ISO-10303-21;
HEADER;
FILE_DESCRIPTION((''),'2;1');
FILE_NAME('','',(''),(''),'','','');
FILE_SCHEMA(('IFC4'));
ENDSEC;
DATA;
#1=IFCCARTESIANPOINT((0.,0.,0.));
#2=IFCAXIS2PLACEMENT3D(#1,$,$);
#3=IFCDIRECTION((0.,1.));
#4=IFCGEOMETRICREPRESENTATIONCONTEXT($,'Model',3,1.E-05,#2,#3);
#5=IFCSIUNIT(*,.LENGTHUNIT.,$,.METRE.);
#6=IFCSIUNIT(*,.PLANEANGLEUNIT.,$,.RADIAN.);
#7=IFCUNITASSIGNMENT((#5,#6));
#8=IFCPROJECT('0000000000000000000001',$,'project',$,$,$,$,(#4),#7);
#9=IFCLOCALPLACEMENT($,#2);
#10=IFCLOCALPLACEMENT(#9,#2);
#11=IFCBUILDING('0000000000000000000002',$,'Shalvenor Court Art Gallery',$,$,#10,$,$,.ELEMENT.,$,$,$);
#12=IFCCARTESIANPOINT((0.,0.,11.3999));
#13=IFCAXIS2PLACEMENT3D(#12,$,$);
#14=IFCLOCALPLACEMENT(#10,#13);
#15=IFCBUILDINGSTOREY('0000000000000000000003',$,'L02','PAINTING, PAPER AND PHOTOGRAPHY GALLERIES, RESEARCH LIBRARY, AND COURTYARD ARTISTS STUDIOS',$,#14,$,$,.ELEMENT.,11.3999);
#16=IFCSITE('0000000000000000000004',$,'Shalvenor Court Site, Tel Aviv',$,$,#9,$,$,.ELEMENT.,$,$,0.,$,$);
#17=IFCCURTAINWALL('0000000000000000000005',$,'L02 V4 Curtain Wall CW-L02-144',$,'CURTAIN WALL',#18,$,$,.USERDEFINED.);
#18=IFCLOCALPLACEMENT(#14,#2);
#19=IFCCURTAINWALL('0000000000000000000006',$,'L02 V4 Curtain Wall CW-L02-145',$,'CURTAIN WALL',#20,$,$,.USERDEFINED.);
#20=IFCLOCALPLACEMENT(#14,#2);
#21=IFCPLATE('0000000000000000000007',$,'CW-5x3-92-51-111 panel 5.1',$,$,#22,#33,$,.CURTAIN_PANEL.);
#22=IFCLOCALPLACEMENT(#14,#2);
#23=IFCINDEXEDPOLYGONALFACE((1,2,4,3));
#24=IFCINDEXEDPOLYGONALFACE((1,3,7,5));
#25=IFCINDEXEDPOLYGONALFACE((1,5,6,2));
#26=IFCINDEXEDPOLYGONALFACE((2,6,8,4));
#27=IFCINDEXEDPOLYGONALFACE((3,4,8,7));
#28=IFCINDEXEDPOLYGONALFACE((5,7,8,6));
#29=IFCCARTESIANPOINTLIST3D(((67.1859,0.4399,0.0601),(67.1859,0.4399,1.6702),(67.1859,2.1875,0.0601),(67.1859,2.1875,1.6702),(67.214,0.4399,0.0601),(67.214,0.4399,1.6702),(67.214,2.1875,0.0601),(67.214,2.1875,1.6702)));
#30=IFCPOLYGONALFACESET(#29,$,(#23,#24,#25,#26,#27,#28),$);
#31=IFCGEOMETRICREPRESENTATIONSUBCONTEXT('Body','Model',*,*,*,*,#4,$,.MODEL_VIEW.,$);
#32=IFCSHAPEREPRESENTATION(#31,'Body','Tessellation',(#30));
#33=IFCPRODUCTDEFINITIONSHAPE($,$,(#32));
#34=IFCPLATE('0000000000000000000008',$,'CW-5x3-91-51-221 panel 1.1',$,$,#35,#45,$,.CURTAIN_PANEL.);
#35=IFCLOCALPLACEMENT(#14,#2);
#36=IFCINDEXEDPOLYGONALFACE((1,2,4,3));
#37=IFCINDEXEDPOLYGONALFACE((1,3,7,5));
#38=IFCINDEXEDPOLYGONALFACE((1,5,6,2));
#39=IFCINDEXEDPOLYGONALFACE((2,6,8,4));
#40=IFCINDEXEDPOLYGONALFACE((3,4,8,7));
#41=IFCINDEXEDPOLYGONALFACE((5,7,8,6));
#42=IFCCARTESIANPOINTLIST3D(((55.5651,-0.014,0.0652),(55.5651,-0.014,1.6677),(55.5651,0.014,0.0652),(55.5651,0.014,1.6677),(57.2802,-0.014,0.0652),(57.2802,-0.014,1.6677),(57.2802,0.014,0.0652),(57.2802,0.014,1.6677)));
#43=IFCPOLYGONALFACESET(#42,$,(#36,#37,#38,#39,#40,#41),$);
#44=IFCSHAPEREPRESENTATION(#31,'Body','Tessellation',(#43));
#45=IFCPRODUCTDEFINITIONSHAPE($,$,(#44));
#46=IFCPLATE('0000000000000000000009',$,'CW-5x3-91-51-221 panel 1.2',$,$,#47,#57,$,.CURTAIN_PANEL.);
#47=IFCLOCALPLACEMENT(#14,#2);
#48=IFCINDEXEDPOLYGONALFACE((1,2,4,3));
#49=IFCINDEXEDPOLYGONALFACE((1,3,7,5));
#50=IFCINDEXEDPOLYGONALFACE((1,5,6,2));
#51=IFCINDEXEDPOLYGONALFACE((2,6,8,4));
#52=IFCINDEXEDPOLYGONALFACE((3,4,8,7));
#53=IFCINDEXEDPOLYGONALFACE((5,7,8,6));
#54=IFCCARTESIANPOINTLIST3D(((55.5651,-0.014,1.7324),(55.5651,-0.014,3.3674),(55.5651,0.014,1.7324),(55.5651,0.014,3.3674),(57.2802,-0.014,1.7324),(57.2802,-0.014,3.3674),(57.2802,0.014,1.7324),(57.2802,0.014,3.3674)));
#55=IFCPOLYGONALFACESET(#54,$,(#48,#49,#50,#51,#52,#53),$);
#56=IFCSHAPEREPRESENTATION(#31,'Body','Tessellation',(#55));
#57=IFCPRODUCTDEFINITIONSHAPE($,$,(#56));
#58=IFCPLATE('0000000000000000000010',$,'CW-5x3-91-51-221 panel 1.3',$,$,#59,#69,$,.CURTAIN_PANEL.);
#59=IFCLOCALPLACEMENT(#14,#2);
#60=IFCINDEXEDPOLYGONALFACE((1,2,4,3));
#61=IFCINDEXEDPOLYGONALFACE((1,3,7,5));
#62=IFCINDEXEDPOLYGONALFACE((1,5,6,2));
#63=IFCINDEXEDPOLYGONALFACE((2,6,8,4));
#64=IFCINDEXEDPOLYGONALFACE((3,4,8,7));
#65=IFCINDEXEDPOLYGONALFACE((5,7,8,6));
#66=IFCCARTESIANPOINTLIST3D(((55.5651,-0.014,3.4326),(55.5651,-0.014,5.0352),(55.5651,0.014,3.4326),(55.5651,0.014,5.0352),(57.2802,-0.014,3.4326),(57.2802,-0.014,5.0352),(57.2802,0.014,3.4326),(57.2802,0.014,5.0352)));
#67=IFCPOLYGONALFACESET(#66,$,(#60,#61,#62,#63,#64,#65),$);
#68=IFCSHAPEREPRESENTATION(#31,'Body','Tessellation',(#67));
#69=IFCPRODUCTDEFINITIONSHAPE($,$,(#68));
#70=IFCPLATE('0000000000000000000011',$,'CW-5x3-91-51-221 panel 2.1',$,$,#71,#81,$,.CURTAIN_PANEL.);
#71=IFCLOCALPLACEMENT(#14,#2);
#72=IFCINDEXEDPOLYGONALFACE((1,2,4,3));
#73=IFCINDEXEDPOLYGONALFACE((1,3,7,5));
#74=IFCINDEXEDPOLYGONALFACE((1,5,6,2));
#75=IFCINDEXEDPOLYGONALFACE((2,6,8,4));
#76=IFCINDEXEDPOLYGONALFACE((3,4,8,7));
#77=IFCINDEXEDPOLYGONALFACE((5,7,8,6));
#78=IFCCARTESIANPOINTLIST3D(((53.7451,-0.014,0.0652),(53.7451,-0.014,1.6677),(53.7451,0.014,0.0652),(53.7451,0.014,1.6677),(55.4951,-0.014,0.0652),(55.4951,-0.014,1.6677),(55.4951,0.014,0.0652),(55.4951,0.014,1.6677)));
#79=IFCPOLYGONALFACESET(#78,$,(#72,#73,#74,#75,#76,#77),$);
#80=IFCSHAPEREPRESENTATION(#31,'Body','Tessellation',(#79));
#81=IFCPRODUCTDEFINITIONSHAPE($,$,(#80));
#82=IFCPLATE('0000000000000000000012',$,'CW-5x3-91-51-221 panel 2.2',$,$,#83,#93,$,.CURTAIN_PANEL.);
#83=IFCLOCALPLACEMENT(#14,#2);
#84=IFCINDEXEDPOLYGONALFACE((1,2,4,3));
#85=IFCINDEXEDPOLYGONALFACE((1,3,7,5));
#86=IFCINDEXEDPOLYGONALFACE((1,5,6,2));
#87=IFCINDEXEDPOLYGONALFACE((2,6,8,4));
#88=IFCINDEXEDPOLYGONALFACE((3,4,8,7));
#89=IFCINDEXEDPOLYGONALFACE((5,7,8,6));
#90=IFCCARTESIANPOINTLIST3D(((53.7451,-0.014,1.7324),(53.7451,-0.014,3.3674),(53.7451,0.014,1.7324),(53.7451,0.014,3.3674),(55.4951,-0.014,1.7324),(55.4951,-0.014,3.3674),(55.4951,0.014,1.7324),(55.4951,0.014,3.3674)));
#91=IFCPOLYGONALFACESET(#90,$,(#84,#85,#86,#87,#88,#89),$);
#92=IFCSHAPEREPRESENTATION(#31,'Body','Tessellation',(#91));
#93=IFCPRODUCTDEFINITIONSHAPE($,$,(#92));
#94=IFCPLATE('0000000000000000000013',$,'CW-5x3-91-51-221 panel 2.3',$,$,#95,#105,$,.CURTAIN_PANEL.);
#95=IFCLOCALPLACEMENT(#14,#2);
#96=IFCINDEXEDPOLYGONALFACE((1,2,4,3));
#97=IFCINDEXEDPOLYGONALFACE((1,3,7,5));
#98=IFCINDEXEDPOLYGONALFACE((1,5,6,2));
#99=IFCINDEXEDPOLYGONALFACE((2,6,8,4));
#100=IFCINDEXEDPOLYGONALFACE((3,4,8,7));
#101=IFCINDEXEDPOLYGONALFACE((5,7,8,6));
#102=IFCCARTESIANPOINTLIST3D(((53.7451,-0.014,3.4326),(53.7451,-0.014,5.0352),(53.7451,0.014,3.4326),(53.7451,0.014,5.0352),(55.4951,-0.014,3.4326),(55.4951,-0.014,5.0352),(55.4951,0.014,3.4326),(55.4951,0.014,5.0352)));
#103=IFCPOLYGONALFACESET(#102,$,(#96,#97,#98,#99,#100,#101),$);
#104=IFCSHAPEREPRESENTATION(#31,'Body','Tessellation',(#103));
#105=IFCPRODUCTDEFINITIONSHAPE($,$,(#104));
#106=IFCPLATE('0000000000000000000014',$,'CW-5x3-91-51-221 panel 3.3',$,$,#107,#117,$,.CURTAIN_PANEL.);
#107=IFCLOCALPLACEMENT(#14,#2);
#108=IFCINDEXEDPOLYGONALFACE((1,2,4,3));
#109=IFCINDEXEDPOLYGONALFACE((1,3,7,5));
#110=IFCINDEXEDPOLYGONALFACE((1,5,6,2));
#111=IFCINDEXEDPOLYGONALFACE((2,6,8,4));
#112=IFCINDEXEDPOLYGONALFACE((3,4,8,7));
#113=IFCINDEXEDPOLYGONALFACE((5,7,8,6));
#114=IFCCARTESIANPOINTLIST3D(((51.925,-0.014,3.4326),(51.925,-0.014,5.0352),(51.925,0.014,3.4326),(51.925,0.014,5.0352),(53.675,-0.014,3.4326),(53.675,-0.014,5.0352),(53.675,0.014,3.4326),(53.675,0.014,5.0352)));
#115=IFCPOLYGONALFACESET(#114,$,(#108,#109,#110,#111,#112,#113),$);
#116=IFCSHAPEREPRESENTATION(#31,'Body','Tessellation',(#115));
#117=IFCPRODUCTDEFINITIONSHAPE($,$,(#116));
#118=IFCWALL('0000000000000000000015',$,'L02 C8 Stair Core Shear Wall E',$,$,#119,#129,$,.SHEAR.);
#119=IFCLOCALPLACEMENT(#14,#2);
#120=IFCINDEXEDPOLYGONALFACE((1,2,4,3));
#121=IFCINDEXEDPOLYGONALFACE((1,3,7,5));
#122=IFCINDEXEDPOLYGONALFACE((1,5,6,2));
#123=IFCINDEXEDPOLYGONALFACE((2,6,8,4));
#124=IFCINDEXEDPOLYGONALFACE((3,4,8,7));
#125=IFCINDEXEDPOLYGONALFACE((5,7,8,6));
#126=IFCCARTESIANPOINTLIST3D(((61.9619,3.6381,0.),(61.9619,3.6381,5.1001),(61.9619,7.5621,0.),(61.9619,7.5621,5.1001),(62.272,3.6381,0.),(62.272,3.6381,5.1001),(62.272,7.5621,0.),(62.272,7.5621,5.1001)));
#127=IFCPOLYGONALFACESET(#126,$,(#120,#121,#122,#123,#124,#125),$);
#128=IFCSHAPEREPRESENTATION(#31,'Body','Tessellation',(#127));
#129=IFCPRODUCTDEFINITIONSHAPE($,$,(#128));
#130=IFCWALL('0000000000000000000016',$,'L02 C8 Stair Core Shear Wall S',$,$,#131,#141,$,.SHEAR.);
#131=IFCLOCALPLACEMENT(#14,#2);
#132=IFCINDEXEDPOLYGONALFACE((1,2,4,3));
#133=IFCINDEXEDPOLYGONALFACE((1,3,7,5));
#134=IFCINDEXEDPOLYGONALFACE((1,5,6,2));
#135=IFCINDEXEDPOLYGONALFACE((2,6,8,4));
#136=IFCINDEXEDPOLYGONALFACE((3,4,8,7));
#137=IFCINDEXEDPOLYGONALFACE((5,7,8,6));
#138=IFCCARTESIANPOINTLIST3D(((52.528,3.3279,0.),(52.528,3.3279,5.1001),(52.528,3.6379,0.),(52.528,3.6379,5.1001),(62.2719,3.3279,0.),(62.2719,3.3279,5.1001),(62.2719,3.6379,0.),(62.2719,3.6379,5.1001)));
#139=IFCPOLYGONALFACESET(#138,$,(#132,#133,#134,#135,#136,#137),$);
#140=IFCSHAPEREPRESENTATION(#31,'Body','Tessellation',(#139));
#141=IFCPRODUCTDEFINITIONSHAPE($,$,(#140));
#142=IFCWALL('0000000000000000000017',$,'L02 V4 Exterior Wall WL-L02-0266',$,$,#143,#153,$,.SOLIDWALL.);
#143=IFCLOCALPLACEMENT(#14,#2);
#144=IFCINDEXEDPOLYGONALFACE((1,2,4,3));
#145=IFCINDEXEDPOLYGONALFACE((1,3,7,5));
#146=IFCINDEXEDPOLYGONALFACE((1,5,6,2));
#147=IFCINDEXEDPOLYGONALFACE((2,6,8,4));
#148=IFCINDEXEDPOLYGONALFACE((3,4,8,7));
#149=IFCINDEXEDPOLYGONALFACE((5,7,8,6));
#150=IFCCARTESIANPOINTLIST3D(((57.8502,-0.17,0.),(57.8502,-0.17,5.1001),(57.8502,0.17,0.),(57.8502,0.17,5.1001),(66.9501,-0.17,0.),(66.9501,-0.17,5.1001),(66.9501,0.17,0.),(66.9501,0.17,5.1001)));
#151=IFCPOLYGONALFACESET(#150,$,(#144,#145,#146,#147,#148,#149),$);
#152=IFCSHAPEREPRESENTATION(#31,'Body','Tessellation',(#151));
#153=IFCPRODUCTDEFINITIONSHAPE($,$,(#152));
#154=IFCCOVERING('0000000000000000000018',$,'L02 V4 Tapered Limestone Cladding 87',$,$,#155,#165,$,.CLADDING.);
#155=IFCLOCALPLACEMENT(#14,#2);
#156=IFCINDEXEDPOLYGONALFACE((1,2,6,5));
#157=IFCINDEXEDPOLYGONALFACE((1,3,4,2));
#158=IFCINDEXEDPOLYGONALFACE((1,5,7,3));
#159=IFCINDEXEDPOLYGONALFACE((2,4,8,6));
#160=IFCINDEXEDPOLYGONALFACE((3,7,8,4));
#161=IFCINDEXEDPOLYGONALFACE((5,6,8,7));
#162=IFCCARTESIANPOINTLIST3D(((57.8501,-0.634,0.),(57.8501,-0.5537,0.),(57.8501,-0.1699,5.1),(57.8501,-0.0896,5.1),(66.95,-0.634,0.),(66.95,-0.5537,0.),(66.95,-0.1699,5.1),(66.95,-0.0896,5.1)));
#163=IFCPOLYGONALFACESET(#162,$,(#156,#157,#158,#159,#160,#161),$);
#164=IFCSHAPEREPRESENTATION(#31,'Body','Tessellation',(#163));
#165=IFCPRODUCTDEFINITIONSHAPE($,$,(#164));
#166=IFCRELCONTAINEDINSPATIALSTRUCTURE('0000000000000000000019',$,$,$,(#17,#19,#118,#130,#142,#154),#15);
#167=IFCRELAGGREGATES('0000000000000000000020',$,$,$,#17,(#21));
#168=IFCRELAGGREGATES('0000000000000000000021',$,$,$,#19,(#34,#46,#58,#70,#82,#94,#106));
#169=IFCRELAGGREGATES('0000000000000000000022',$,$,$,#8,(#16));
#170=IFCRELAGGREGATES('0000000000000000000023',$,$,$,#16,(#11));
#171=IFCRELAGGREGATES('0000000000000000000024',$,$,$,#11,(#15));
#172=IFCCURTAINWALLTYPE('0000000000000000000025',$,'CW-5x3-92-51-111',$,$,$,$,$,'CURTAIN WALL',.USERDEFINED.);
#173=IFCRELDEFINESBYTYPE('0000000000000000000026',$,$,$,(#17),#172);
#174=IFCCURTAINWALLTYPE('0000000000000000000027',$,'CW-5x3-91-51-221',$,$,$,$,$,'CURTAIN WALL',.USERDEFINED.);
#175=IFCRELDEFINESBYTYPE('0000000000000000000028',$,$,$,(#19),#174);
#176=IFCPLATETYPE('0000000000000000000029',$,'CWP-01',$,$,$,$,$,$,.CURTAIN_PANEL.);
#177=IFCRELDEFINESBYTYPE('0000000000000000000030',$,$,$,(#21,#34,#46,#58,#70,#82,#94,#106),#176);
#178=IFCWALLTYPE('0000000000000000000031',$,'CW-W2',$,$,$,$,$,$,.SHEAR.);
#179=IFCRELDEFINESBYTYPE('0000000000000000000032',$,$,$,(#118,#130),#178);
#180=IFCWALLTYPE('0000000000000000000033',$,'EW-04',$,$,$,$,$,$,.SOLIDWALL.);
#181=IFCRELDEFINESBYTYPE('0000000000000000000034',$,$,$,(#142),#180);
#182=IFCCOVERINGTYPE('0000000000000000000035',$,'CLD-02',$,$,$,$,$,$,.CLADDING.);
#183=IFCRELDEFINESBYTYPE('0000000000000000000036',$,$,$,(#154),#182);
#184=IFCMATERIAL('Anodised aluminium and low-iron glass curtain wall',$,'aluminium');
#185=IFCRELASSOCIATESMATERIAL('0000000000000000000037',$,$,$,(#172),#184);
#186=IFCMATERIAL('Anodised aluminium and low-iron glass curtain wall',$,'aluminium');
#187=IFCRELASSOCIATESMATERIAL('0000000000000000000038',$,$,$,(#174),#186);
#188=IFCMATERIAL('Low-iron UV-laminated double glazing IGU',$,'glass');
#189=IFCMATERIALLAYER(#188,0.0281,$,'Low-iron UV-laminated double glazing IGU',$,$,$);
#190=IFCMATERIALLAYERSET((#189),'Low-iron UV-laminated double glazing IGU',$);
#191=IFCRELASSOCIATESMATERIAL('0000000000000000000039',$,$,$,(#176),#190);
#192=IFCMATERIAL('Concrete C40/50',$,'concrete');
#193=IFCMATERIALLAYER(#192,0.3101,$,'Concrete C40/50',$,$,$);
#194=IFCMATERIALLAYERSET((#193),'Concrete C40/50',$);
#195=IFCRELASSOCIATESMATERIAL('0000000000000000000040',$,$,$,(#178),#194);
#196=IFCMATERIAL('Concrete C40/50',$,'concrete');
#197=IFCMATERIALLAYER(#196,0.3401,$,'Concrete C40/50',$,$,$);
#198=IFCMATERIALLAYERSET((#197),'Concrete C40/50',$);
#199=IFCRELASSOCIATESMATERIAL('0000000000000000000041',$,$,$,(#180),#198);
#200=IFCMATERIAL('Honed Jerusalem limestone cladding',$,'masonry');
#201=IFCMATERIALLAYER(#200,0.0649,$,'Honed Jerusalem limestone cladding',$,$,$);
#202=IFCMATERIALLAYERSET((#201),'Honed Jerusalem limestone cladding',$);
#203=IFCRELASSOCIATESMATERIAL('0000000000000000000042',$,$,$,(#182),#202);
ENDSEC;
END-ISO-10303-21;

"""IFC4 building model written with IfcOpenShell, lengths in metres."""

from ifc_helpers import new_model, si_unit, direction, frame, frame_2d, origin, origin_2d, place, context, subcontext, project, spatial, polyline, rectangle, outline, extrude, material, layer, layer_set, type_object, element, aggregate, save


model = new_model("IFC4")

# Units and contexts
model_context = context("Model", 3, precision=1e-05, world=origin(), true_north=direction((0.0, 1.0)))
body_context = subcontext(model_context, "Body", "Model", "MODEL_VIEW")
ifc_project = project(units=[si_unit("LENGTHUNIT", "METRE"), si_unit("PLANEANGLEUNIT", "RADIAN")], contexts=[model_context])

# Site, building, storey
site_placement = place(None, origin())
site = spatial("IfcSite", under=ifc_project, at=site_placement, Name="Shalvenor Court Site, Tel Aviv", CompositionType="ELEMENT", RefElevation=0.0)
building_placement = place(site_placement, origin())
building = spatial("IfcBuilding", under=site, at=building_placement, Name="Shalvenor Court Art Gallery", CompositionType="ELEMENT")
storey_placement = place(building_placement, frame((0.0, 0.0, 11.3999)))
storey = spatial("IfcBuildingStorey", under=building, at=storey_placement, Name="L02", Description="PAINTING, PAPER AND PHOTOGRAPHY GALLERIES, RESEARCH LIBRARY, AND COURTYARD ARTISTS STUDIOS", CompositionType="ELEMENT", Elevation=11.3999)

# Curtain wall
ifc_material_1 = material(Name="Anodised aluminium and low-iron glass curtain wall", Category="aluminium")
curtain_wall_type_1 = type_object("IfcCurtainWallType", Name="CW-5x3-92-51-111", ElementType="CURTAIN WALL", PredefinedType="USERDEFINED", material=ifc_material_1)
curtain_wall_1_placement = place(storey_placement, origin())
curtain_wall_1 = element("IfcCurtainWall", 1, at=curtain_wall_1_placement, inside=storey, type_object=curtain_wall_type_1, Name="L02 V4 Curtain Wall CW-L02-144", ObjectType="CURTAIN WALL", PredefinedType="USERDEFINED")

# Curtain wall
ifc_material_2 = material(Name="Anodised aluminium and low-iron glass curtain wall", Category="aluminium")
curtain_wall_type_2 = type_object("IfcCurtainWallType", Name="CW-5x3-91-51-221", ElementType="CURTAIN WALL", PredefinedType="USERDEFINED", material=ifc_material_2)
curtain_wall_2_placement = place(storey_placement, origin())
curtain_wall_2 = element("IfcCurtainWall", 2, at=curtain_wall_2_placement, inside=storey, type_object=curtain_wall_type_2, Name="L02 V4 Curtain Wall CW-L02-145", ObjectType="CURTAIN WALL", PredefinedType="USERDEFINED")

# Plates
ifc_material_3 = material(Name="Low-iron UV-laminated double glazing IGU", Category="glass")
ifc_layer_1 = layer(ifc_material_3, 0.0281, Name="Low-iron UV-laminated double glazing IGU")
ifc_layer_set_1 = layer_set([ifc_layer_1], Name="Low-iron UV-laminated double glazing IGU")
plate_type = type_object("IfcPlateType", Name="CWP-01", PredefinedType="CURTAIN_PANEL", material=ifc_layer_set_1)
plate_1_placement = place(storey_placement, frame((67.2, 1.3137, 0.0601), z_axis=(0.0, 0.0, 1.0), x_axis=(0.0, -1.0, 0.0)))
plate_1 = element("IfcPlate", 3, at=plate_1_placement, type_object=plate_type, Name="CW-5x3-92-51-111 panel 5.1", PredefinedType="CURTAIN_PANEL", context=body_context, shape_type="SweptSolid", body=[
    extrude(rectangle(XDim=1.7476, YDim=0.0281, at=origin_2d()), origin(), (0.0, 0.0, 1.0), 1.6101),
])
aggregate(curtain_wall_1, [plate_1])
plate_2_placement = place(storey_placement, frame((56.4226, 0.0, 0.0652), z_axis=(0.0, 0.0, 1.0), x_axis=(-1.0, 0.0, 0.0)))
plate_2 = element("IfcPlate", 4, at=plate_2_placement, type_object=plate_type, Name="CW-5x3-91-51-221 panel 1.1", PredefinedType="CURTAIN_PANEL", context=body_context, shape_type="SweptSolid", body=[
    extrude(rectangle(XDim=1.7151, YDim=0.0281, at=origin_2d()), origin(), (0.0, 0.0, 1.0), 1.6025),
])
plate_3_placement = place(storey_placement, frame((56.4226, 0.0, 1.7324), z_axis=(0.0, 0.0, 1.0), x_axis=(-1.0, 0.0, 0.0)))
plate_3 = element("IfcPlate", 5, at=plate_3_placement, type_object=plate_type, Name="CW-5x3-91-51-221 panel 1.2", PredefinedType="CURTAIN_PANEL", context=body_context, shape_type="SweptSolid", body=[
    extrude(rectangle(XDim=1.7151, YDim=0.0281, at=origin_2d()), origin(), (0.0, 0.0, 1.0), 1.635),
])
plate_4_placement = place(storey_placement, frame((56.4226, 0.0, 3.4326), z_axis=(0.0, 0.0, 1.0), x_axis=(-1.0, 0.0, 0.0)))
plate_4 = element("IfcPlate", 6, at=plate_4_placement, type_object=plate_type, Name="CW-5x3-91-51-221 panel 1.3", PredefinedType="CURTAIN_PANEL", context=body_context, shape_type="SweptSolid", body=[
    extrude(rectangle(XDim=1.7151, YDim=0.0281, at=origin_2d()), origin(), (0.0, 0.0, 1.0), 1.6025),
])
plate_5_placement = place(storey_placement, frame((54.6201, 0.0, 0.0652), z_axis=(0.0, 0.0, 1.0), x_axis=(-1.0, 0.0, 0.0)))
plate_5 = element("IfcPlate", 7, at=plate_5_placement, type_object=plate_type, Name="CW-5x3-91-51-221 panel 2.1", PredefinedType="CURTAIN_PANEL", context=body_context, shape_type="SweptSolid", body=[
    extrude(rectangle(XDim=1.75, YDim=0.0281, at=origin_2d()), origin(), (0.0, 0.0, 1.0), 1.6025),
])
plate_6_placement = place(storey_placement, frame((54.6201, 0.0, 1.7324), z_axis=(0.0, 0.0, 1.0), x_axis=(-1.0, 0.0, 0.0)))
plate_6 = element("IfcPlate", 8, at=plate_6_placement, type_object=plate_type, Name="CW-5x3-91-51-221 panel 2.2", PredefinedType="CURTAIN_PANEL", context=body_context, shape_type="SweptSolid", body=[
    extrude(rectangle(XDim=1.75, YDim=0.0281, at=origin_2d()), origin(), (0.0, 0.0, 1.0), 1.635),
])
plate_7_placement = place(storey_placement, frame((54.6201, 0.0, 3.4326), z_axis=(0.0, 0.0, 1.0), x_axis=(-1.0, 0.0, 0.0)))
plate_7 = element("IfcPlate", 9, at=plate_7_placement, type_object=plate_type, Name="CW-5x3-91-51-221 panel 2.3", PredefinedType="CURTAIN_PANEL", context=body_context, shape_type="SweptSolid", body=[
    extrude(rectangle(XDim=1.75, YDim=0.0281, at=origin_2d()), origin(), (0.0, 0.0, 1.0), 1.6025),
])
plate_8_placement = place(storey_placement, frame((52.8, 0.0, 3.4326), z_axis=(0.0, 0.0, 1.0), x_axis=(-1.0, 0.0, 0.0)))
plate_8 = element("IfcPlate", 10, at=plate_8_placement, type_object=plate_type, Name="CW-5x3-91-51-221 panel 3.3", PredefinedType="CURTAIN_PANEL", context=body_context, shape_type="SweptSolid", body=[
    extrude(rectangle(XDim=1.75, YDim=0.0281, at=origin_2d()), origin(), (0.0, 0.0, 1.0), 1.6025),
])
aggregate(curtain_wall_2, [plate_2, plate_3, plate_4, plate_5, plate_6, plate_7, plate_8])

# Walls
ifc_material_4 = material(Name="Concrete C40/50", Category="concrete")
ifc_layer_2 = layer(ifc_material_4, 0.3101, Name="Concrete C40/50")
ifc_layer_set_2 = layer_set([ifc_layer_2], Name="Concrete C40/50")
wall_type_1 = type_object("IfcWallType", Name="CW-W2", PredefinedType="SHEAR", material=ifc_layer_set_2)
wall_1_placement = place(storey_placement, frame((62.1169, 7.562, 0.0), z_axis=(0.0, 0.0, 1.0), x_axis=(0.0, -1.0, 0.0)))
element("IfcWall", 11, at=wall_1_placement, inside=storey, type_object=wall_type_1, Name="L02 C8 Stair Core Shear Wall E", PredefinedType="SHEAR", context=body_context, shape_type="SweptSolid", body=[
    extrude(rectangle(XDim=3.9241, YDim=0.3101, at=frame_2d((1.9619, 0.0))), origin(), (0.0, 0.0, 1.0), 5.1001),
])
wall_2_placement = place(storey_placement, frame((62.272, 3.4829, 0.0), z_axis=(0.0, 0.0, 1.0), x_axis=(-1.0, 0.0, 0.0)))
element("IfcWall", 12, at=wall_2_placement, inside=storey, type_object=wall_type_1, Name="L02 C8 Stair Core Shear Wall S", PredefinedType="SHEAR", context=body_context, shape_type="SweptSolid", body=[
    extrude(rectangle(XDim=9.7439, YDim=0.3101, at=frame_2d((4.8721, 0.0))), origin(), (0.0, 0.0, 1.0), 5.1001),
])
ifc_material_5 = material(Name="Concrete C40/50", Category="concrete")
ifc_layer_3 = layer(ifc_material_5, 0.3401, Name="Concrete C40/50")
ifc_layer_set_3 = layer_set([ifc_layer_3], Name="Concrete C40/50")
wall_type_2 = type_object("IfcWallType", Name="EW-04", PredefinedType="SOLIDWALL", material=ifc_layer_set_3)
wall_3_placement = place(storey_placement, frame((66.95, 0.0, 0.0), z_axis=(0.0, 0.0, 1.0), x_axis=(-1.0, 0.0, 0.0)))
element("IfcWall", 13, at=wall_3_placement, inside=storey, type_object=wall_type_2, Name="L02 V4 Exterior Wall WL-L02-0266", PredefinedType="SOLIDWALL", context=body_context, shape_type="SweptSolid", body=[
    extrude(rectangle(XDim=9.0999, YDim=0.3401, at=frame_2d((4.5498, 0.0))), origin(), (0.0, 0.0, 1.0), 5.1001),
])

# Covering
ifc_material_6 = material(Name="Honed Jerusalem limestone cladding", Category="masonry")
ifc_layer_4 = layer(ifc_material_6, 0.0649, Name="Honed Jerusalem limestone cladding")
ifc_layer_set_4 = layer_set([ifc_layer_4], Name="Honed Jerusalem limestone cladding")
covering_type = type_object("IfcCoveringType", Name="CLD-02", PredefinedType="CLADDING", material=ifc_layer_set_4)
covering_placement = place(storey_placement, frame((57.8501, -0.634, 0.0), z_axis=(0.0, 0.0, 1.0), x_axis=(1.0, 0.0, 0.0)))
element("IfcCovering", 14, at=covering_placement, inside=storey, type_object=covering_type, Name="L02 V4 Tapered Limestone Cladding 87", PredefinedType="CLADDING", context=body_context, shape_type="SweptSolid", body=[
    extrude(outline(polyline([(0.0, 0.0), (9.0999, 0.0), (9.0999, 5.1211), (0.0, 5.1211), (0.0, 0.0)])), frame((0.0, 0.0, 0.0), z_axis=(0.0, -0.995884, 0.090633), x_axis=(1.0, 0.0, 0.0)), (0.0, 0.090633, -0.995884), 0.0803),
])

save(model, "model.ifc")
